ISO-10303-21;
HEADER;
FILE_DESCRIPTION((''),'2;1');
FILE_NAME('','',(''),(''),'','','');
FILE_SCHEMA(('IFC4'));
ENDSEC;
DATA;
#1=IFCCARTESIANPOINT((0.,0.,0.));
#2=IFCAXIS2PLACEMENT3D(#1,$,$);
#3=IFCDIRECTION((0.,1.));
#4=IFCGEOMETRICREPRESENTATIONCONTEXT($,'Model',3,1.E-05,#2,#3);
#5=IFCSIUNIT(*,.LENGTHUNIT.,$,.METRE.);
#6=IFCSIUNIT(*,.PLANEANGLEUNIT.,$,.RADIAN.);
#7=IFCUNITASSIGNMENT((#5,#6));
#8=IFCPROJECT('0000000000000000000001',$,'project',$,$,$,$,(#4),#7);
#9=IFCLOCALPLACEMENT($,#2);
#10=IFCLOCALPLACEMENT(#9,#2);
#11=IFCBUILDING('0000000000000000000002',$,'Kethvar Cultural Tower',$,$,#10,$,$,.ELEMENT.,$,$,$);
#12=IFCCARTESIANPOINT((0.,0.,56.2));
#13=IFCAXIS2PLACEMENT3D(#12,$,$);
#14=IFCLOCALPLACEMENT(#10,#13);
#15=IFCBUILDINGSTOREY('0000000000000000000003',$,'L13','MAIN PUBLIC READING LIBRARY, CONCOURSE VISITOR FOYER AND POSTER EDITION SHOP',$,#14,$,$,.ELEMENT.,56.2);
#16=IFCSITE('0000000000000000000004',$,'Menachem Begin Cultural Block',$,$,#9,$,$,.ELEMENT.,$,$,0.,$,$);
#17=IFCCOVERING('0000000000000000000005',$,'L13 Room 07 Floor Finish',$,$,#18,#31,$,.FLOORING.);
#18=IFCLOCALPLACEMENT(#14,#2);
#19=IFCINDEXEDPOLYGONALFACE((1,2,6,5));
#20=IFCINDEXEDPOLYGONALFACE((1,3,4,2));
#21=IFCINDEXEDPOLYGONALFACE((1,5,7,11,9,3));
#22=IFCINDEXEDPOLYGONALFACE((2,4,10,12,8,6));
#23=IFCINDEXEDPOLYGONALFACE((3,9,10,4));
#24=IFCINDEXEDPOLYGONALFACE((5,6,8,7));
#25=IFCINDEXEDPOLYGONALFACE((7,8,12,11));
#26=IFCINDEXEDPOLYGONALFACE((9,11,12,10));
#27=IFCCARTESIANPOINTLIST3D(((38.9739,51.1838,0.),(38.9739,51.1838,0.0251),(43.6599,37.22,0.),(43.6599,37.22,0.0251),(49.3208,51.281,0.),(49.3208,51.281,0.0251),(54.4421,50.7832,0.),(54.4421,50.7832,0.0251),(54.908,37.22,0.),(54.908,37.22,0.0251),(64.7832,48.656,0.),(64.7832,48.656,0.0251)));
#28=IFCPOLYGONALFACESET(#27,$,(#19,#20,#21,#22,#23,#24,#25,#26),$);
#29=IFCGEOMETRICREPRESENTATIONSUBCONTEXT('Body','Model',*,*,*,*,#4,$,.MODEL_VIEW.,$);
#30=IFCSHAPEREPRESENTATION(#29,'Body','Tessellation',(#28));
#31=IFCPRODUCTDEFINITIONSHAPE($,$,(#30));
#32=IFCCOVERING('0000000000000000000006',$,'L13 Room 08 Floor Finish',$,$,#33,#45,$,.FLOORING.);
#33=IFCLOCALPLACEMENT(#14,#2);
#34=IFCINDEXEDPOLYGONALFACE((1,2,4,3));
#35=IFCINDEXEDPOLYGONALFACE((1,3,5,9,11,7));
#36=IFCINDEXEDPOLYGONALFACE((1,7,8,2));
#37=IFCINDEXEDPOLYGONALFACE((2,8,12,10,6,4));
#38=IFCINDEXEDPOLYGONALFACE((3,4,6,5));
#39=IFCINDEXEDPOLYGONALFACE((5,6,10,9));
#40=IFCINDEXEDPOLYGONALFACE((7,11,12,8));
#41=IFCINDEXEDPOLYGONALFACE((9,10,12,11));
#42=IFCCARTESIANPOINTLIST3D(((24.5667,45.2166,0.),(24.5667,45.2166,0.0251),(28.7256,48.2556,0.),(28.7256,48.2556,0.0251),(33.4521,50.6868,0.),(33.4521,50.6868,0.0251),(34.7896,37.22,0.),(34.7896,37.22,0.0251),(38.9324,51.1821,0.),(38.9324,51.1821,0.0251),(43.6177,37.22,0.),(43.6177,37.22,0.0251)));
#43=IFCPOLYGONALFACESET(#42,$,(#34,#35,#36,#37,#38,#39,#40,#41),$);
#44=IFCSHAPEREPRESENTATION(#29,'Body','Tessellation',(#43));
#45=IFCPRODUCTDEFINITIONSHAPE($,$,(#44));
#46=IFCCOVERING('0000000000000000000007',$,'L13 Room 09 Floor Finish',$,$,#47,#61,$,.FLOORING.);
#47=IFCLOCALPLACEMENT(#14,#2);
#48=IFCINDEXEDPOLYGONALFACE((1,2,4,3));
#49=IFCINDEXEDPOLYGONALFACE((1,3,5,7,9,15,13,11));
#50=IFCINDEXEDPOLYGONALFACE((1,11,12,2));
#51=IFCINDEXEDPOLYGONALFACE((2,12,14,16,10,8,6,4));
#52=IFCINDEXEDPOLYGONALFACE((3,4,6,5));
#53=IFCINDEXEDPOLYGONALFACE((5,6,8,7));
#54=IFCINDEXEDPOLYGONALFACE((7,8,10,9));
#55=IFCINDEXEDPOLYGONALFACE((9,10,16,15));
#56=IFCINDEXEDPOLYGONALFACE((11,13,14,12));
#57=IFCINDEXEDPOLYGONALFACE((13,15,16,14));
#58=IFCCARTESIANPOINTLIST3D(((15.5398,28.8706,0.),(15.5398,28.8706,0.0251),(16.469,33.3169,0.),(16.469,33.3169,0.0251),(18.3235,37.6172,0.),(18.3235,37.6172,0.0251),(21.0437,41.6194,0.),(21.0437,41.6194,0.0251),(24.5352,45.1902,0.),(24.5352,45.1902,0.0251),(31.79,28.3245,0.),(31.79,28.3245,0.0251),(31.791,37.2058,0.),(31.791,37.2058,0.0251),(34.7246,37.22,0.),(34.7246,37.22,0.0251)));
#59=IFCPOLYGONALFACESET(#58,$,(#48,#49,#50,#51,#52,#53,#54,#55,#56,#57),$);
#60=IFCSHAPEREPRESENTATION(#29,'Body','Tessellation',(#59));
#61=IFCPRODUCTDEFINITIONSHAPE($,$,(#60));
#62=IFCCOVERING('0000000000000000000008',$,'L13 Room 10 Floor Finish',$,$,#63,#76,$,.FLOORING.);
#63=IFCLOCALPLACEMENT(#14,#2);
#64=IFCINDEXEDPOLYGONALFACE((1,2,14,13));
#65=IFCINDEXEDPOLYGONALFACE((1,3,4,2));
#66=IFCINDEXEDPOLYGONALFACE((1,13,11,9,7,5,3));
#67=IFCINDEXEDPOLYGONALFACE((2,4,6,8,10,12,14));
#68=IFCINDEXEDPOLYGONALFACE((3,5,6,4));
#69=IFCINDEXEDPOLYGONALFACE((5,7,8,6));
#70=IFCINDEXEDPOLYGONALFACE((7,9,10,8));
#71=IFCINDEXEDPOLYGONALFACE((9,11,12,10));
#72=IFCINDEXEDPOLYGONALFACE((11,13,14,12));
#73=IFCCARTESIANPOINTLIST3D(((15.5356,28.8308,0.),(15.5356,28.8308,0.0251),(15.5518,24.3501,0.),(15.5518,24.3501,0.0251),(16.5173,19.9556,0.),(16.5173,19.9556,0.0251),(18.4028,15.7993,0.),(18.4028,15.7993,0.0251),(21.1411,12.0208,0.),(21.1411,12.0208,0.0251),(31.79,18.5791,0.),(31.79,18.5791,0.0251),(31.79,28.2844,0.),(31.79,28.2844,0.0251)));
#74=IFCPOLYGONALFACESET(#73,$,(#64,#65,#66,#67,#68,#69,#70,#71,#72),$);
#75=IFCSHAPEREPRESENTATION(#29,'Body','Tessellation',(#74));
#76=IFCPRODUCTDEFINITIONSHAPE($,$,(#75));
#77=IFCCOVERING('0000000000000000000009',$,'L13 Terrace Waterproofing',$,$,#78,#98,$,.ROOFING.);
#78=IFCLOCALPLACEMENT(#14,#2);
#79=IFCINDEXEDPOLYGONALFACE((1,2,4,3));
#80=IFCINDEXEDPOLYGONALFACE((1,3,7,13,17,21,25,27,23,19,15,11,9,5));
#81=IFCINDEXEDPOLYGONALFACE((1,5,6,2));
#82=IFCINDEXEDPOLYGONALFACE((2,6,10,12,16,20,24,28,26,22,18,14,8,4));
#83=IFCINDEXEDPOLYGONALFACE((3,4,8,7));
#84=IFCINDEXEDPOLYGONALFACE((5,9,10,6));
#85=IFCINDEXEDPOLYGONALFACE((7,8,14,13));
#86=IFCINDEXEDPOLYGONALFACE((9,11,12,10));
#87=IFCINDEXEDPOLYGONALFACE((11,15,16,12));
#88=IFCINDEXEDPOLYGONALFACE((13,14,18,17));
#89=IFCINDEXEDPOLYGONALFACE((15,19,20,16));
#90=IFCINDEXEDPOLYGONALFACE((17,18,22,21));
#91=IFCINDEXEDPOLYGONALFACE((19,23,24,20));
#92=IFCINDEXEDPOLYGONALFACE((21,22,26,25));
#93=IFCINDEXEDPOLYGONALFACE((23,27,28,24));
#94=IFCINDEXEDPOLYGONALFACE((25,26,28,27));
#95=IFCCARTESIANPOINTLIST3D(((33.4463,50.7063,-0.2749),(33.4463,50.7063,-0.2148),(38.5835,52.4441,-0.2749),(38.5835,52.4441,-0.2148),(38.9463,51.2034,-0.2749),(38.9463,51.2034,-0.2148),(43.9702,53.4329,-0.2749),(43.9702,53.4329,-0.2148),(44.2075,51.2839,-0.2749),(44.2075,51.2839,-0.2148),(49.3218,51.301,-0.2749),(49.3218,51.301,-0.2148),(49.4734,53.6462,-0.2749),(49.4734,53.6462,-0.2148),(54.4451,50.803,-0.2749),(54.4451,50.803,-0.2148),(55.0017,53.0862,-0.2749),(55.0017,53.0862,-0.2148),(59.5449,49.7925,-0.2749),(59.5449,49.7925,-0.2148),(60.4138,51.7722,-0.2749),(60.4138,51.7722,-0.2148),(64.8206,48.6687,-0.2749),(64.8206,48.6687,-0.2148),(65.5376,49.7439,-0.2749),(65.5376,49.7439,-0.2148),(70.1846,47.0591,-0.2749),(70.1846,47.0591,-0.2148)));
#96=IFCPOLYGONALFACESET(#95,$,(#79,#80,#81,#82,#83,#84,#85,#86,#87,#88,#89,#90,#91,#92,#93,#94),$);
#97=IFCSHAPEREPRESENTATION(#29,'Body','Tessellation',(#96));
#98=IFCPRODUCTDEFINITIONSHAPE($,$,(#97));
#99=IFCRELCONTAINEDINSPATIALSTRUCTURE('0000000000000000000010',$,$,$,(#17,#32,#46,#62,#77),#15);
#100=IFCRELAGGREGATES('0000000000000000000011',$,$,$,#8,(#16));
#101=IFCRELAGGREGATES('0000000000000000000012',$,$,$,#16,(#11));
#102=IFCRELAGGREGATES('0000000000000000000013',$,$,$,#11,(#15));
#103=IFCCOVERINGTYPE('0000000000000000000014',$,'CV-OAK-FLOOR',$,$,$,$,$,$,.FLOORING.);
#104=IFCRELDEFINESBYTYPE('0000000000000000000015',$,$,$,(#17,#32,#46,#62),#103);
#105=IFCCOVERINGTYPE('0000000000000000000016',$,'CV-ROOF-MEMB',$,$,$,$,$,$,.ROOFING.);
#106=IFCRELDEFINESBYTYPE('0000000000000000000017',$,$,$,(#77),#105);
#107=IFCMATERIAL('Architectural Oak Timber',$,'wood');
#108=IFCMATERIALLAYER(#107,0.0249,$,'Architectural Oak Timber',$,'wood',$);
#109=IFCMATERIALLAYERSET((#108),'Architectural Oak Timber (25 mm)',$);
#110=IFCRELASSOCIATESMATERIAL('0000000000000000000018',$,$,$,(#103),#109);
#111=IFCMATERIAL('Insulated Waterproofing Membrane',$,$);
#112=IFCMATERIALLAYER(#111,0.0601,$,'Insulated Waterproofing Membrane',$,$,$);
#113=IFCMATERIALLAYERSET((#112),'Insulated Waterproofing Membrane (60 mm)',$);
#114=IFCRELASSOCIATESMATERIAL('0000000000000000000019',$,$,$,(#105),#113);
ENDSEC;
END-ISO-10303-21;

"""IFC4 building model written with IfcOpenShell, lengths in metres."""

from ifc_helpers import new_model, si_unit, direction, frame, origin, place, context, subcontext, project, spatial, polyline, outline, extrude, material, layer, layer_set, type_object, element, save


model = new_model("IFC4")

# Units and contexts
model_context = context("Model", 3, precision=1e-05, world=origin(), true_north=direction((0.0, 1.0)))
body_context = subcontext(model_context, "Body", "Model", "MODEL_VIEW")
ifc_project = project(units=[si_unit("LENGTHUNIT", "METRE"), si_unit("PLANEANGLEUNIT", "RADIAN")], contexts=[model_context])

# Site, building, storey
site_placement = place(None, origin())
site = spatial("IfcSite", under=ifc_project, at=site_placement, Name="Menachem Begin Cultural Block", CompositionType="ELEMENT", RefElevation=0.0)
building_placement = place(site_placement, origin())
building = spatial("IfcBuilding", under=site, at=building_placement, Name="Kethvar Cultural Tower", CompositionType="ELEMENT")
storey_placement = place(building_placement, frame((0.0, 0.0, 56.2)))
storey = spatial("IfcBuildingStorey", under=building, at=storey_placement, Name="L13", Description="MAIN PUBLIC READING LIBRARY, CONCOURSE VISITOR FOYER AND POSTER EDITION SHOP", CompositionType="ELEMENT", Elevation=56.2)

# Coverings
ifc_material_1 = material(Name="Architectural Oak Timber", Category="wood")
ifc_layer_1 = layer(ifc_material_1, 0.0249, Name="Architectural Oak Timber", Category="wood")
ifc_layer_set_1 = layer_set([ifc_layer_1], Name="Architectural Oak Timber (25 mm)")
covering_type_1 = type_object("IfcCoveringType", Name="CV-OAK-FLOOR", PredefinedType="FLOORING", material=ifc_layer_set_1)
covering_1_placement = place(storey_placement, origin())
element("IfcCovering", 1, at=covering_1_placement, inside=storey, type_object=covering_type_1, Name="L13 Room 07 Floor Finish", PredefinedType="FLOORING", context=body_context, shape_type="SweptSolid", body=[
    extrude(outline(polyline([(38.9739, 51.1838), (49.3208, 51.281), (54.4421, 50.7832), (64.7832, 48.656), (54.908, 37.22), (43.6599, 37.22), (38.9739, 51.1838)])), origin(), (0.0, 0.0, 1.0), 0.0251),
])
covering_2_placement = place(storey_placement, origin())
element("IfcCovering", 2, at=covering_2_placement, inside=storey, type_object=covering_type_1, Name="L13 Room 08 Floor Finish", PredefinedType="FLOORING", context=body_context, shape_type="SweptSolid", body=[
    extrude(outline(polyline([(28.7256, 48.2556), (33.4521, 50.6868), (38.9324, 51.1821), (43.6177, 37.22), (34.7896, 37.22), (24.5667, 45.2166), (28.7256, 48.2556)])), origin(), (0.0, 0.0, 1.0), 0.0251),
])
covering_3_placement = place(storey_placement, origin())
element("IfcCovering", 3, at=covering_3_placement, inside=storey, type_object=covering_type_1, Name="L13 Room 09 Floor Finish", PredefinedType="FLOORING", context=body_context, shape_type="SweptSolid", body=[
    extrude(outline(polyline([(16.469, 33.3169), (18.3235, 37.6172), (21.0437, 41.6194), (24.5352, 45.1902), (34.7246, 37.22), (31.791, 37.2058), (31.79, 28.3245), (15.5398, 28.8706), (16.469, 33.3169)])), origin(), (0.0, 0.0, 1.0), 0.0251),
])
covering_4_placement = place(storey_placement, origin())
element("IfcCovering", 4, at=covering_4_placement, inside=storey, type_object=covering_type_1, Name="L13 Room 10 Floor Finish", PredefinedType="FLOORING", context=body_context, shape_type="SweptSolid", body=[
    extrude(outline(polyline([(18.4028, 15.7993), (16.5173, 19.9556), (15.5518, 24.3501), (15.5356, 28.8308), (31.79, 28.2844), (31.79, 18.5791), (21.1411, 12.0208), (18.4028, 15.7993)])), origin(), (0.0, 0.0, 1.0), 0.0251),
])
ifc_material_2 = material(Name="Insulated Waterproofing Membrane")
ifc_layer_2 = layer(ifc_material_2, 0.0601, Name="Insulated Waterproofing Membrane")
ifc_layer_set_2 = layer_set([ifc_layer_2], Name="Insulated Waterproofing Membrane (60 mm)")
covering_type_2 = type_object("IfcCoveringType", Name="CV-ROOF-MEMB", PredefinedType="ROOFING", material=ifc_layer_set_2)
covering_5_placement = place(storey_placement, frame((0.0, 0.0, -0.2749)))
element("IfcCovering", 5, at=covering_5_placement, inside=storey, type_object=covering_type_2, Name="L13 Terrace Waterproofing", PredefinedType="ROOFING", context=body_context, shape_type="SweptSolid", body=[
    extrude(outline(polyline([(70.1846, 47.0591), (65.5376, 49.7439), (60.4138, 51.7722), (55.0017, 53.0862), (49.4734, 53.6462), (43.9702, 53.4329), (38.5835, 52.4441), (33.4463, 50.7063), (38.9463, 51.2034), (44.2075, 51.2839), (49.3218, 51.301), (54.4451, 50.803), (59.5449, 49.7925), (64.8206, 48.6687), (70.1846, 47.0591)])), origin(), (0.0, 0.0, 1.0), 0.0601),
])

save(model, "model.ifc")
